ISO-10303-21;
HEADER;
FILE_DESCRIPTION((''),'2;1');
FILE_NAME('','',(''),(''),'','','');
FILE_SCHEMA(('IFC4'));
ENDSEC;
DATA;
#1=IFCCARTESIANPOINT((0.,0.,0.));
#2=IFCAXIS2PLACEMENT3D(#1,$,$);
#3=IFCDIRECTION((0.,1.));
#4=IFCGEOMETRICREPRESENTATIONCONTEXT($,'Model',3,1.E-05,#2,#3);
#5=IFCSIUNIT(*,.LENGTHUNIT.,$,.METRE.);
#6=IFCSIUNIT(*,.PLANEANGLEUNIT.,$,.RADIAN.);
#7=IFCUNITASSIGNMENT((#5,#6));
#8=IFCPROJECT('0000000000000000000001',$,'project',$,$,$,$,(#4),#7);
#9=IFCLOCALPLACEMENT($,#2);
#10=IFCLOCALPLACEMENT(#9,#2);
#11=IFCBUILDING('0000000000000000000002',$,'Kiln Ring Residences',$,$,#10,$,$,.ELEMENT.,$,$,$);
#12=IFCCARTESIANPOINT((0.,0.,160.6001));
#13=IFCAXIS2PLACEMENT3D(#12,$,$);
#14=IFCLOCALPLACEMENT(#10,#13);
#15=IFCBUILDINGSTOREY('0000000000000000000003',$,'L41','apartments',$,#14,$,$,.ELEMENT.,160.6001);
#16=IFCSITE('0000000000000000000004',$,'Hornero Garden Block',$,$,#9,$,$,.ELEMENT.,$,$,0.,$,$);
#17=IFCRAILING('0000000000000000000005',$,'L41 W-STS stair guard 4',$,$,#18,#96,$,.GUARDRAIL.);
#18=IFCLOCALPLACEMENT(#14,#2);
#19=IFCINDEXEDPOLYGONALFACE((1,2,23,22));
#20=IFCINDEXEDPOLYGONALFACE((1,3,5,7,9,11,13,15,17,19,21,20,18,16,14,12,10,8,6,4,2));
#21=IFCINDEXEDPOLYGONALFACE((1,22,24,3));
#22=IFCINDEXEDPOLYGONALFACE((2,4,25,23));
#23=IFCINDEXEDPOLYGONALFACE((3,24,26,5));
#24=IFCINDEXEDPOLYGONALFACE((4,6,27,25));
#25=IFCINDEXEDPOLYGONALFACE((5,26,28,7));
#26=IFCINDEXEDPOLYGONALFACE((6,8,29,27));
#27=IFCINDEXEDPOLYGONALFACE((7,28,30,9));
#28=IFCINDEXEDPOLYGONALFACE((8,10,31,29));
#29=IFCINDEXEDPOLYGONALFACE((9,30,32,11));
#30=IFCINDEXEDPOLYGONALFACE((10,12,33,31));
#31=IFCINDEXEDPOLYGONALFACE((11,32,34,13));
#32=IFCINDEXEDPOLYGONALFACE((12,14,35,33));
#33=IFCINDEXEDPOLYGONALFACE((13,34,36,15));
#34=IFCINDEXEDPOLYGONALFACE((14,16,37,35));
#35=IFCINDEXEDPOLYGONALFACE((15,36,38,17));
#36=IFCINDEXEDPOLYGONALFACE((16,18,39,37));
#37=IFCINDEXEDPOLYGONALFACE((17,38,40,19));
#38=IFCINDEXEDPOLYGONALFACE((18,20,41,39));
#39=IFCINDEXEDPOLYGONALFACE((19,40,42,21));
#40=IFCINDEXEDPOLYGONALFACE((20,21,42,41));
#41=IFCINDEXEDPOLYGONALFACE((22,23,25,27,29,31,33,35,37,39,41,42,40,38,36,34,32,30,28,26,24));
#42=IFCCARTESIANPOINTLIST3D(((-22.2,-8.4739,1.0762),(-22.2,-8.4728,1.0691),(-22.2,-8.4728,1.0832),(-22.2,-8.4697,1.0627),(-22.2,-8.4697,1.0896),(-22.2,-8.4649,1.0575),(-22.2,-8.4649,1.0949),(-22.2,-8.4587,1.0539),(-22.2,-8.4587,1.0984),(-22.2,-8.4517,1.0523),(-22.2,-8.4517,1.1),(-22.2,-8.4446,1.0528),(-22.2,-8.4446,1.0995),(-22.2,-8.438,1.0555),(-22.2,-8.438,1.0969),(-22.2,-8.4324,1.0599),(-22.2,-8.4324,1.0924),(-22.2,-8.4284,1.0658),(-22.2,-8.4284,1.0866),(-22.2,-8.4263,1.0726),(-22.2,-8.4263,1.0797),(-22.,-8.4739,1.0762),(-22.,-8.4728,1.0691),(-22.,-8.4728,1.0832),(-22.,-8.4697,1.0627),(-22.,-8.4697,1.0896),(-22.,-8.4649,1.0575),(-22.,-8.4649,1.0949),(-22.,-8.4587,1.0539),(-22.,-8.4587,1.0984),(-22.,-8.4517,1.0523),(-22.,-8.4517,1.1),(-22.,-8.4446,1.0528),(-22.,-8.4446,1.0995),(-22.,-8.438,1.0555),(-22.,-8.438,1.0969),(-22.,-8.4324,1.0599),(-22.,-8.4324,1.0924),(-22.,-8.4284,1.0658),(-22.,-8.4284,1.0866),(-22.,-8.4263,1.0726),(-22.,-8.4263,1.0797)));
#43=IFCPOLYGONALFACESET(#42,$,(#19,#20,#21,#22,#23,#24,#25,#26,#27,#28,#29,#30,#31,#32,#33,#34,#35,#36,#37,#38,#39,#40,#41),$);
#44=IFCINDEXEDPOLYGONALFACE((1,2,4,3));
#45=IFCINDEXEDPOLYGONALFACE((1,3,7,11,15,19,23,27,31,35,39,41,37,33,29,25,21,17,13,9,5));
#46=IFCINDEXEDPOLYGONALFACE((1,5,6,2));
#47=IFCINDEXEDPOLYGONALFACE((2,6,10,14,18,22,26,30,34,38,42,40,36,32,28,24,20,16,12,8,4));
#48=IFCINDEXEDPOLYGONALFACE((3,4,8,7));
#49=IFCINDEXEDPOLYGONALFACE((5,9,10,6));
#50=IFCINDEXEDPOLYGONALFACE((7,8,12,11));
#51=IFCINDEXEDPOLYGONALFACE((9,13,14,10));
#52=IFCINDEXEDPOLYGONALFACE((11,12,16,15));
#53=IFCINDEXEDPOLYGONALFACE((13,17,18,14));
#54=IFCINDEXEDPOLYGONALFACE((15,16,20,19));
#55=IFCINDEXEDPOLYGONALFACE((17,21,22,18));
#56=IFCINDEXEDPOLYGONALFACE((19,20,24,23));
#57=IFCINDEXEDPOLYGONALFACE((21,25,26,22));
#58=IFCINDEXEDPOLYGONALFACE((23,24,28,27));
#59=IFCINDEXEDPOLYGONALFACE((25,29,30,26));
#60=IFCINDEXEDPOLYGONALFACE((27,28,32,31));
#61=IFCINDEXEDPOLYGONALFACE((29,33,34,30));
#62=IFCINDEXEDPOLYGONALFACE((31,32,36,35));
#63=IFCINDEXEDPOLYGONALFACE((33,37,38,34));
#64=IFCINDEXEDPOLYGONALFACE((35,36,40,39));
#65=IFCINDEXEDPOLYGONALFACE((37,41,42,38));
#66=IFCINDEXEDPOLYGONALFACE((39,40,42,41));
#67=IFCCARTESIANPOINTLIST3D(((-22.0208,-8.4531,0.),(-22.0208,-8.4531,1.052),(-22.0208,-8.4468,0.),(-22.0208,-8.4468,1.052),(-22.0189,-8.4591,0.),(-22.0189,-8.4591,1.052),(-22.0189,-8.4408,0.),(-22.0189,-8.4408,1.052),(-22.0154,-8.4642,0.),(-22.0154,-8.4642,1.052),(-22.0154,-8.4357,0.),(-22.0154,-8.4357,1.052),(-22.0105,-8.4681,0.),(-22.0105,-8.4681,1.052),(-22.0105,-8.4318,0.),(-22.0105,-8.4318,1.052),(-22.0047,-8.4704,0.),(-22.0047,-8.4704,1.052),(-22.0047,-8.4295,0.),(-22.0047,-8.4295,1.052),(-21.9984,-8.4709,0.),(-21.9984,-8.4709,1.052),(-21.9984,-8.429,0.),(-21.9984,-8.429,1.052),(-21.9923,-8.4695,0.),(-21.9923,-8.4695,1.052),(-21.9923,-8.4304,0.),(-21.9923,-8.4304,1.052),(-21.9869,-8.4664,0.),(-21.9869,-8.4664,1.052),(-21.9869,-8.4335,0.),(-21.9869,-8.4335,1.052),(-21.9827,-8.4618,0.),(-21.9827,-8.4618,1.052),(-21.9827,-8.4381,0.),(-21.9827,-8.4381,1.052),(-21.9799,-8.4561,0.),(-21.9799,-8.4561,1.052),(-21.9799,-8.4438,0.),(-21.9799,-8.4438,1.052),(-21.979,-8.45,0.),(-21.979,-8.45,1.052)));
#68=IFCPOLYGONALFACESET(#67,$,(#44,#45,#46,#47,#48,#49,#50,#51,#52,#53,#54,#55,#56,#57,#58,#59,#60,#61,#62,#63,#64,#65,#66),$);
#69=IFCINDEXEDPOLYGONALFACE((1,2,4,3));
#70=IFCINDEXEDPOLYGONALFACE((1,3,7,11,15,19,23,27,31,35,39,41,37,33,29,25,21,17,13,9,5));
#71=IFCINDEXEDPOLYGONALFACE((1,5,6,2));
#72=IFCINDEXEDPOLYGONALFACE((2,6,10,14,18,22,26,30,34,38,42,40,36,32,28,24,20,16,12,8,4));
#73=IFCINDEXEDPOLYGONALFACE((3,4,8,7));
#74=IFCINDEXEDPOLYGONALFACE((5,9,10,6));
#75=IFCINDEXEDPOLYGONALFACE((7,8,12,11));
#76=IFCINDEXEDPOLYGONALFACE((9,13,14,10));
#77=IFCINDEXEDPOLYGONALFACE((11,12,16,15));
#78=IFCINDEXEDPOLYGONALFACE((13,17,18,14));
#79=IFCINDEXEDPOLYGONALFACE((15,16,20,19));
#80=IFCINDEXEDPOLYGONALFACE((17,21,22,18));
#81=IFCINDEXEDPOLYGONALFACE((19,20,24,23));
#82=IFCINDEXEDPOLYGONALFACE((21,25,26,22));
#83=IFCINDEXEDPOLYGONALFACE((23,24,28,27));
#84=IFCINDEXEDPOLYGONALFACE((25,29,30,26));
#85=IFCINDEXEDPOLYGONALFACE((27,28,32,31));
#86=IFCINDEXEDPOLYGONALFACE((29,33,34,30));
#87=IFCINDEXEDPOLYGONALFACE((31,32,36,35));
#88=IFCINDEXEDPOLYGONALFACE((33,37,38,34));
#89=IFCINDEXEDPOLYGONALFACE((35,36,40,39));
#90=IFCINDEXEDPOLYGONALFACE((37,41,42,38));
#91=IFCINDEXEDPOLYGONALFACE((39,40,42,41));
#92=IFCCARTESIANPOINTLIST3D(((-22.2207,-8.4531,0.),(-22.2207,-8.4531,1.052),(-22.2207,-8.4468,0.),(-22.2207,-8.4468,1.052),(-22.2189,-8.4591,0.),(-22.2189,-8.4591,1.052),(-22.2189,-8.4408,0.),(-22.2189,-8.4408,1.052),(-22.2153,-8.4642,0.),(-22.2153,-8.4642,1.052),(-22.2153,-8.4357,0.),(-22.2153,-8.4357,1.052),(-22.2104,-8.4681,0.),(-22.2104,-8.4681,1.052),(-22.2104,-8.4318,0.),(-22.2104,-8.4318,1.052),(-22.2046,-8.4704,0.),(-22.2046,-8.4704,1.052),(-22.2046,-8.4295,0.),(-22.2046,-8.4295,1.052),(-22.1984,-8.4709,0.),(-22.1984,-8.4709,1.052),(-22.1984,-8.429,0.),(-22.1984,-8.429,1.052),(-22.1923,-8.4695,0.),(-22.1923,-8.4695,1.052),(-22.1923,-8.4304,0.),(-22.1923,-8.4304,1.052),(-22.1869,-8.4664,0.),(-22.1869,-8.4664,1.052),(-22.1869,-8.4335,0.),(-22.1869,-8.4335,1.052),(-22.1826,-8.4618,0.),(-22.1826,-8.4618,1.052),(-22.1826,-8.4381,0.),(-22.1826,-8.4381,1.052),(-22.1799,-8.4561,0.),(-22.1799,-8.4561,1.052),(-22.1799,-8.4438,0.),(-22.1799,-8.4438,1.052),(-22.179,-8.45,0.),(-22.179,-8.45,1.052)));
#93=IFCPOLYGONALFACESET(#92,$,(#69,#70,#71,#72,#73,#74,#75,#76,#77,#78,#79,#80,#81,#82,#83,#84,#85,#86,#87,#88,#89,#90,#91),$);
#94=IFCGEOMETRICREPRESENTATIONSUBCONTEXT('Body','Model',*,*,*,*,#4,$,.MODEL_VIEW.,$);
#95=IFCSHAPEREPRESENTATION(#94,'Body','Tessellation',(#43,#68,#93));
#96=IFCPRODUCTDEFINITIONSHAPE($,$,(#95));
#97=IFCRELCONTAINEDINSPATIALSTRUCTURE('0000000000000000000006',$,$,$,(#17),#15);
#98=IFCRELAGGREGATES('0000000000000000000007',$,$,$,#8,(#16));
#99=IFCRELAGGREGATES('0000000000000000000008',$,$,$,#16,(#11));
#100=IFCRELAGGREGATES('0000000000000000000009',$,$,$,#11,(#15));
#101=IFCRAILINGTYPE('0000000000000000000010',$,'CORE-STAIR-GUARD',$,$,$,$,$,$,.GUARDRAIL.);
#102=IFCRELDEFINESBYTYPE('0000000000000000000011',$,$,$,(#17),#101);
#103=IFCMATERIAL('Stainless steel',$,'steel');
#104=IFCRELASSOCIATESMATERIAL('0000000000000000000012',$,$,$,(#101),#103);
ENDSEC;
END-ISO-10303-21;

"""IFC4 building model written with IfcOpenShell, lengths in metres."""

from ifc_helpers import new_model, si_unit, direction, frame, origin, origin_2d, place, context, subcontext, project, spatial, circle, extrude, material, type_object, element, save


model = new_model("IFC4")

# Units and contexts
model_context = context("Model", 3, precision=1e-05, world=origin(), true_north=direction((0.0, 1.0)))
body_context = subcontext(model_context, "Body", "Model", "MODEL_VIEW")
ifc_project = project(units=[si_unit("LENGTHUNIT", "METRE"), si_unit("PLANEANGLEUNIT", "RADIAN")], contexts=[model_context])

# Site, building, storey
site_placement = place(None, origin())
site = spatial("IfcSite", under=ifc_project, at=site_placement, Name="Hornero Garden Block", CompositionType="ELEMENT", RefElevation=0.0)
building_placement = place(site_placement, origin())
building = spatial("IfcBuilding", under=site, at=building_placement, Name="Kiln Ring Residences", CompositionType="ELEMENT")
storey_placement = place(building_placement, frame((0.0, 0.0, 160.6001)))
storey = spatial("IfcBuildingStorey", under=building, at=storey_placement, Name="L41", Description="apartments", CompositionType="ELEMENT", Elevation=160.6001)

# Railing
ifc_material_1 = material(Name="Stainless steel", Category="steel")
railing_type_1 = type_object("IfcRailingType", Name="CORE-STAIR-GUARD", PredefinedType="GUARDRAIL", material=ifc_material_1)
railing_1_placement = place(storey_placement, frame((-22.0, -8.45, 0.0)))
element("IfcRailing", 1, at=railing_1_placement, inside=storey, type_object=railing_type_1, Name="L41 W-STS stair guard 4", PredefinedType="GUARDRAIL", context=body_context, shape_type="SweptSolid", body=[
    extrude(circle(Radius=0.0239, at=origin_2d()), frame((0.0, 0.0, 1.0762), z_axis=(-1.0, 0.0, 0.0), x_axis=(0.0, -1.0, 0.0)), (0.0, 0.0, 1.0), 0.2),
    extrude(circle(Radius=0.021, at=origin_2d()), origin(), (0.0, 0.0, 1.0), 1.052),
    extrude(circle(Radius=0.021, at=origin_2d()), frame((-0.2, 0.0, 0.0)), (0.0, 0.0, 1.0), 1.052),
])

save(model, "model.ifc")
